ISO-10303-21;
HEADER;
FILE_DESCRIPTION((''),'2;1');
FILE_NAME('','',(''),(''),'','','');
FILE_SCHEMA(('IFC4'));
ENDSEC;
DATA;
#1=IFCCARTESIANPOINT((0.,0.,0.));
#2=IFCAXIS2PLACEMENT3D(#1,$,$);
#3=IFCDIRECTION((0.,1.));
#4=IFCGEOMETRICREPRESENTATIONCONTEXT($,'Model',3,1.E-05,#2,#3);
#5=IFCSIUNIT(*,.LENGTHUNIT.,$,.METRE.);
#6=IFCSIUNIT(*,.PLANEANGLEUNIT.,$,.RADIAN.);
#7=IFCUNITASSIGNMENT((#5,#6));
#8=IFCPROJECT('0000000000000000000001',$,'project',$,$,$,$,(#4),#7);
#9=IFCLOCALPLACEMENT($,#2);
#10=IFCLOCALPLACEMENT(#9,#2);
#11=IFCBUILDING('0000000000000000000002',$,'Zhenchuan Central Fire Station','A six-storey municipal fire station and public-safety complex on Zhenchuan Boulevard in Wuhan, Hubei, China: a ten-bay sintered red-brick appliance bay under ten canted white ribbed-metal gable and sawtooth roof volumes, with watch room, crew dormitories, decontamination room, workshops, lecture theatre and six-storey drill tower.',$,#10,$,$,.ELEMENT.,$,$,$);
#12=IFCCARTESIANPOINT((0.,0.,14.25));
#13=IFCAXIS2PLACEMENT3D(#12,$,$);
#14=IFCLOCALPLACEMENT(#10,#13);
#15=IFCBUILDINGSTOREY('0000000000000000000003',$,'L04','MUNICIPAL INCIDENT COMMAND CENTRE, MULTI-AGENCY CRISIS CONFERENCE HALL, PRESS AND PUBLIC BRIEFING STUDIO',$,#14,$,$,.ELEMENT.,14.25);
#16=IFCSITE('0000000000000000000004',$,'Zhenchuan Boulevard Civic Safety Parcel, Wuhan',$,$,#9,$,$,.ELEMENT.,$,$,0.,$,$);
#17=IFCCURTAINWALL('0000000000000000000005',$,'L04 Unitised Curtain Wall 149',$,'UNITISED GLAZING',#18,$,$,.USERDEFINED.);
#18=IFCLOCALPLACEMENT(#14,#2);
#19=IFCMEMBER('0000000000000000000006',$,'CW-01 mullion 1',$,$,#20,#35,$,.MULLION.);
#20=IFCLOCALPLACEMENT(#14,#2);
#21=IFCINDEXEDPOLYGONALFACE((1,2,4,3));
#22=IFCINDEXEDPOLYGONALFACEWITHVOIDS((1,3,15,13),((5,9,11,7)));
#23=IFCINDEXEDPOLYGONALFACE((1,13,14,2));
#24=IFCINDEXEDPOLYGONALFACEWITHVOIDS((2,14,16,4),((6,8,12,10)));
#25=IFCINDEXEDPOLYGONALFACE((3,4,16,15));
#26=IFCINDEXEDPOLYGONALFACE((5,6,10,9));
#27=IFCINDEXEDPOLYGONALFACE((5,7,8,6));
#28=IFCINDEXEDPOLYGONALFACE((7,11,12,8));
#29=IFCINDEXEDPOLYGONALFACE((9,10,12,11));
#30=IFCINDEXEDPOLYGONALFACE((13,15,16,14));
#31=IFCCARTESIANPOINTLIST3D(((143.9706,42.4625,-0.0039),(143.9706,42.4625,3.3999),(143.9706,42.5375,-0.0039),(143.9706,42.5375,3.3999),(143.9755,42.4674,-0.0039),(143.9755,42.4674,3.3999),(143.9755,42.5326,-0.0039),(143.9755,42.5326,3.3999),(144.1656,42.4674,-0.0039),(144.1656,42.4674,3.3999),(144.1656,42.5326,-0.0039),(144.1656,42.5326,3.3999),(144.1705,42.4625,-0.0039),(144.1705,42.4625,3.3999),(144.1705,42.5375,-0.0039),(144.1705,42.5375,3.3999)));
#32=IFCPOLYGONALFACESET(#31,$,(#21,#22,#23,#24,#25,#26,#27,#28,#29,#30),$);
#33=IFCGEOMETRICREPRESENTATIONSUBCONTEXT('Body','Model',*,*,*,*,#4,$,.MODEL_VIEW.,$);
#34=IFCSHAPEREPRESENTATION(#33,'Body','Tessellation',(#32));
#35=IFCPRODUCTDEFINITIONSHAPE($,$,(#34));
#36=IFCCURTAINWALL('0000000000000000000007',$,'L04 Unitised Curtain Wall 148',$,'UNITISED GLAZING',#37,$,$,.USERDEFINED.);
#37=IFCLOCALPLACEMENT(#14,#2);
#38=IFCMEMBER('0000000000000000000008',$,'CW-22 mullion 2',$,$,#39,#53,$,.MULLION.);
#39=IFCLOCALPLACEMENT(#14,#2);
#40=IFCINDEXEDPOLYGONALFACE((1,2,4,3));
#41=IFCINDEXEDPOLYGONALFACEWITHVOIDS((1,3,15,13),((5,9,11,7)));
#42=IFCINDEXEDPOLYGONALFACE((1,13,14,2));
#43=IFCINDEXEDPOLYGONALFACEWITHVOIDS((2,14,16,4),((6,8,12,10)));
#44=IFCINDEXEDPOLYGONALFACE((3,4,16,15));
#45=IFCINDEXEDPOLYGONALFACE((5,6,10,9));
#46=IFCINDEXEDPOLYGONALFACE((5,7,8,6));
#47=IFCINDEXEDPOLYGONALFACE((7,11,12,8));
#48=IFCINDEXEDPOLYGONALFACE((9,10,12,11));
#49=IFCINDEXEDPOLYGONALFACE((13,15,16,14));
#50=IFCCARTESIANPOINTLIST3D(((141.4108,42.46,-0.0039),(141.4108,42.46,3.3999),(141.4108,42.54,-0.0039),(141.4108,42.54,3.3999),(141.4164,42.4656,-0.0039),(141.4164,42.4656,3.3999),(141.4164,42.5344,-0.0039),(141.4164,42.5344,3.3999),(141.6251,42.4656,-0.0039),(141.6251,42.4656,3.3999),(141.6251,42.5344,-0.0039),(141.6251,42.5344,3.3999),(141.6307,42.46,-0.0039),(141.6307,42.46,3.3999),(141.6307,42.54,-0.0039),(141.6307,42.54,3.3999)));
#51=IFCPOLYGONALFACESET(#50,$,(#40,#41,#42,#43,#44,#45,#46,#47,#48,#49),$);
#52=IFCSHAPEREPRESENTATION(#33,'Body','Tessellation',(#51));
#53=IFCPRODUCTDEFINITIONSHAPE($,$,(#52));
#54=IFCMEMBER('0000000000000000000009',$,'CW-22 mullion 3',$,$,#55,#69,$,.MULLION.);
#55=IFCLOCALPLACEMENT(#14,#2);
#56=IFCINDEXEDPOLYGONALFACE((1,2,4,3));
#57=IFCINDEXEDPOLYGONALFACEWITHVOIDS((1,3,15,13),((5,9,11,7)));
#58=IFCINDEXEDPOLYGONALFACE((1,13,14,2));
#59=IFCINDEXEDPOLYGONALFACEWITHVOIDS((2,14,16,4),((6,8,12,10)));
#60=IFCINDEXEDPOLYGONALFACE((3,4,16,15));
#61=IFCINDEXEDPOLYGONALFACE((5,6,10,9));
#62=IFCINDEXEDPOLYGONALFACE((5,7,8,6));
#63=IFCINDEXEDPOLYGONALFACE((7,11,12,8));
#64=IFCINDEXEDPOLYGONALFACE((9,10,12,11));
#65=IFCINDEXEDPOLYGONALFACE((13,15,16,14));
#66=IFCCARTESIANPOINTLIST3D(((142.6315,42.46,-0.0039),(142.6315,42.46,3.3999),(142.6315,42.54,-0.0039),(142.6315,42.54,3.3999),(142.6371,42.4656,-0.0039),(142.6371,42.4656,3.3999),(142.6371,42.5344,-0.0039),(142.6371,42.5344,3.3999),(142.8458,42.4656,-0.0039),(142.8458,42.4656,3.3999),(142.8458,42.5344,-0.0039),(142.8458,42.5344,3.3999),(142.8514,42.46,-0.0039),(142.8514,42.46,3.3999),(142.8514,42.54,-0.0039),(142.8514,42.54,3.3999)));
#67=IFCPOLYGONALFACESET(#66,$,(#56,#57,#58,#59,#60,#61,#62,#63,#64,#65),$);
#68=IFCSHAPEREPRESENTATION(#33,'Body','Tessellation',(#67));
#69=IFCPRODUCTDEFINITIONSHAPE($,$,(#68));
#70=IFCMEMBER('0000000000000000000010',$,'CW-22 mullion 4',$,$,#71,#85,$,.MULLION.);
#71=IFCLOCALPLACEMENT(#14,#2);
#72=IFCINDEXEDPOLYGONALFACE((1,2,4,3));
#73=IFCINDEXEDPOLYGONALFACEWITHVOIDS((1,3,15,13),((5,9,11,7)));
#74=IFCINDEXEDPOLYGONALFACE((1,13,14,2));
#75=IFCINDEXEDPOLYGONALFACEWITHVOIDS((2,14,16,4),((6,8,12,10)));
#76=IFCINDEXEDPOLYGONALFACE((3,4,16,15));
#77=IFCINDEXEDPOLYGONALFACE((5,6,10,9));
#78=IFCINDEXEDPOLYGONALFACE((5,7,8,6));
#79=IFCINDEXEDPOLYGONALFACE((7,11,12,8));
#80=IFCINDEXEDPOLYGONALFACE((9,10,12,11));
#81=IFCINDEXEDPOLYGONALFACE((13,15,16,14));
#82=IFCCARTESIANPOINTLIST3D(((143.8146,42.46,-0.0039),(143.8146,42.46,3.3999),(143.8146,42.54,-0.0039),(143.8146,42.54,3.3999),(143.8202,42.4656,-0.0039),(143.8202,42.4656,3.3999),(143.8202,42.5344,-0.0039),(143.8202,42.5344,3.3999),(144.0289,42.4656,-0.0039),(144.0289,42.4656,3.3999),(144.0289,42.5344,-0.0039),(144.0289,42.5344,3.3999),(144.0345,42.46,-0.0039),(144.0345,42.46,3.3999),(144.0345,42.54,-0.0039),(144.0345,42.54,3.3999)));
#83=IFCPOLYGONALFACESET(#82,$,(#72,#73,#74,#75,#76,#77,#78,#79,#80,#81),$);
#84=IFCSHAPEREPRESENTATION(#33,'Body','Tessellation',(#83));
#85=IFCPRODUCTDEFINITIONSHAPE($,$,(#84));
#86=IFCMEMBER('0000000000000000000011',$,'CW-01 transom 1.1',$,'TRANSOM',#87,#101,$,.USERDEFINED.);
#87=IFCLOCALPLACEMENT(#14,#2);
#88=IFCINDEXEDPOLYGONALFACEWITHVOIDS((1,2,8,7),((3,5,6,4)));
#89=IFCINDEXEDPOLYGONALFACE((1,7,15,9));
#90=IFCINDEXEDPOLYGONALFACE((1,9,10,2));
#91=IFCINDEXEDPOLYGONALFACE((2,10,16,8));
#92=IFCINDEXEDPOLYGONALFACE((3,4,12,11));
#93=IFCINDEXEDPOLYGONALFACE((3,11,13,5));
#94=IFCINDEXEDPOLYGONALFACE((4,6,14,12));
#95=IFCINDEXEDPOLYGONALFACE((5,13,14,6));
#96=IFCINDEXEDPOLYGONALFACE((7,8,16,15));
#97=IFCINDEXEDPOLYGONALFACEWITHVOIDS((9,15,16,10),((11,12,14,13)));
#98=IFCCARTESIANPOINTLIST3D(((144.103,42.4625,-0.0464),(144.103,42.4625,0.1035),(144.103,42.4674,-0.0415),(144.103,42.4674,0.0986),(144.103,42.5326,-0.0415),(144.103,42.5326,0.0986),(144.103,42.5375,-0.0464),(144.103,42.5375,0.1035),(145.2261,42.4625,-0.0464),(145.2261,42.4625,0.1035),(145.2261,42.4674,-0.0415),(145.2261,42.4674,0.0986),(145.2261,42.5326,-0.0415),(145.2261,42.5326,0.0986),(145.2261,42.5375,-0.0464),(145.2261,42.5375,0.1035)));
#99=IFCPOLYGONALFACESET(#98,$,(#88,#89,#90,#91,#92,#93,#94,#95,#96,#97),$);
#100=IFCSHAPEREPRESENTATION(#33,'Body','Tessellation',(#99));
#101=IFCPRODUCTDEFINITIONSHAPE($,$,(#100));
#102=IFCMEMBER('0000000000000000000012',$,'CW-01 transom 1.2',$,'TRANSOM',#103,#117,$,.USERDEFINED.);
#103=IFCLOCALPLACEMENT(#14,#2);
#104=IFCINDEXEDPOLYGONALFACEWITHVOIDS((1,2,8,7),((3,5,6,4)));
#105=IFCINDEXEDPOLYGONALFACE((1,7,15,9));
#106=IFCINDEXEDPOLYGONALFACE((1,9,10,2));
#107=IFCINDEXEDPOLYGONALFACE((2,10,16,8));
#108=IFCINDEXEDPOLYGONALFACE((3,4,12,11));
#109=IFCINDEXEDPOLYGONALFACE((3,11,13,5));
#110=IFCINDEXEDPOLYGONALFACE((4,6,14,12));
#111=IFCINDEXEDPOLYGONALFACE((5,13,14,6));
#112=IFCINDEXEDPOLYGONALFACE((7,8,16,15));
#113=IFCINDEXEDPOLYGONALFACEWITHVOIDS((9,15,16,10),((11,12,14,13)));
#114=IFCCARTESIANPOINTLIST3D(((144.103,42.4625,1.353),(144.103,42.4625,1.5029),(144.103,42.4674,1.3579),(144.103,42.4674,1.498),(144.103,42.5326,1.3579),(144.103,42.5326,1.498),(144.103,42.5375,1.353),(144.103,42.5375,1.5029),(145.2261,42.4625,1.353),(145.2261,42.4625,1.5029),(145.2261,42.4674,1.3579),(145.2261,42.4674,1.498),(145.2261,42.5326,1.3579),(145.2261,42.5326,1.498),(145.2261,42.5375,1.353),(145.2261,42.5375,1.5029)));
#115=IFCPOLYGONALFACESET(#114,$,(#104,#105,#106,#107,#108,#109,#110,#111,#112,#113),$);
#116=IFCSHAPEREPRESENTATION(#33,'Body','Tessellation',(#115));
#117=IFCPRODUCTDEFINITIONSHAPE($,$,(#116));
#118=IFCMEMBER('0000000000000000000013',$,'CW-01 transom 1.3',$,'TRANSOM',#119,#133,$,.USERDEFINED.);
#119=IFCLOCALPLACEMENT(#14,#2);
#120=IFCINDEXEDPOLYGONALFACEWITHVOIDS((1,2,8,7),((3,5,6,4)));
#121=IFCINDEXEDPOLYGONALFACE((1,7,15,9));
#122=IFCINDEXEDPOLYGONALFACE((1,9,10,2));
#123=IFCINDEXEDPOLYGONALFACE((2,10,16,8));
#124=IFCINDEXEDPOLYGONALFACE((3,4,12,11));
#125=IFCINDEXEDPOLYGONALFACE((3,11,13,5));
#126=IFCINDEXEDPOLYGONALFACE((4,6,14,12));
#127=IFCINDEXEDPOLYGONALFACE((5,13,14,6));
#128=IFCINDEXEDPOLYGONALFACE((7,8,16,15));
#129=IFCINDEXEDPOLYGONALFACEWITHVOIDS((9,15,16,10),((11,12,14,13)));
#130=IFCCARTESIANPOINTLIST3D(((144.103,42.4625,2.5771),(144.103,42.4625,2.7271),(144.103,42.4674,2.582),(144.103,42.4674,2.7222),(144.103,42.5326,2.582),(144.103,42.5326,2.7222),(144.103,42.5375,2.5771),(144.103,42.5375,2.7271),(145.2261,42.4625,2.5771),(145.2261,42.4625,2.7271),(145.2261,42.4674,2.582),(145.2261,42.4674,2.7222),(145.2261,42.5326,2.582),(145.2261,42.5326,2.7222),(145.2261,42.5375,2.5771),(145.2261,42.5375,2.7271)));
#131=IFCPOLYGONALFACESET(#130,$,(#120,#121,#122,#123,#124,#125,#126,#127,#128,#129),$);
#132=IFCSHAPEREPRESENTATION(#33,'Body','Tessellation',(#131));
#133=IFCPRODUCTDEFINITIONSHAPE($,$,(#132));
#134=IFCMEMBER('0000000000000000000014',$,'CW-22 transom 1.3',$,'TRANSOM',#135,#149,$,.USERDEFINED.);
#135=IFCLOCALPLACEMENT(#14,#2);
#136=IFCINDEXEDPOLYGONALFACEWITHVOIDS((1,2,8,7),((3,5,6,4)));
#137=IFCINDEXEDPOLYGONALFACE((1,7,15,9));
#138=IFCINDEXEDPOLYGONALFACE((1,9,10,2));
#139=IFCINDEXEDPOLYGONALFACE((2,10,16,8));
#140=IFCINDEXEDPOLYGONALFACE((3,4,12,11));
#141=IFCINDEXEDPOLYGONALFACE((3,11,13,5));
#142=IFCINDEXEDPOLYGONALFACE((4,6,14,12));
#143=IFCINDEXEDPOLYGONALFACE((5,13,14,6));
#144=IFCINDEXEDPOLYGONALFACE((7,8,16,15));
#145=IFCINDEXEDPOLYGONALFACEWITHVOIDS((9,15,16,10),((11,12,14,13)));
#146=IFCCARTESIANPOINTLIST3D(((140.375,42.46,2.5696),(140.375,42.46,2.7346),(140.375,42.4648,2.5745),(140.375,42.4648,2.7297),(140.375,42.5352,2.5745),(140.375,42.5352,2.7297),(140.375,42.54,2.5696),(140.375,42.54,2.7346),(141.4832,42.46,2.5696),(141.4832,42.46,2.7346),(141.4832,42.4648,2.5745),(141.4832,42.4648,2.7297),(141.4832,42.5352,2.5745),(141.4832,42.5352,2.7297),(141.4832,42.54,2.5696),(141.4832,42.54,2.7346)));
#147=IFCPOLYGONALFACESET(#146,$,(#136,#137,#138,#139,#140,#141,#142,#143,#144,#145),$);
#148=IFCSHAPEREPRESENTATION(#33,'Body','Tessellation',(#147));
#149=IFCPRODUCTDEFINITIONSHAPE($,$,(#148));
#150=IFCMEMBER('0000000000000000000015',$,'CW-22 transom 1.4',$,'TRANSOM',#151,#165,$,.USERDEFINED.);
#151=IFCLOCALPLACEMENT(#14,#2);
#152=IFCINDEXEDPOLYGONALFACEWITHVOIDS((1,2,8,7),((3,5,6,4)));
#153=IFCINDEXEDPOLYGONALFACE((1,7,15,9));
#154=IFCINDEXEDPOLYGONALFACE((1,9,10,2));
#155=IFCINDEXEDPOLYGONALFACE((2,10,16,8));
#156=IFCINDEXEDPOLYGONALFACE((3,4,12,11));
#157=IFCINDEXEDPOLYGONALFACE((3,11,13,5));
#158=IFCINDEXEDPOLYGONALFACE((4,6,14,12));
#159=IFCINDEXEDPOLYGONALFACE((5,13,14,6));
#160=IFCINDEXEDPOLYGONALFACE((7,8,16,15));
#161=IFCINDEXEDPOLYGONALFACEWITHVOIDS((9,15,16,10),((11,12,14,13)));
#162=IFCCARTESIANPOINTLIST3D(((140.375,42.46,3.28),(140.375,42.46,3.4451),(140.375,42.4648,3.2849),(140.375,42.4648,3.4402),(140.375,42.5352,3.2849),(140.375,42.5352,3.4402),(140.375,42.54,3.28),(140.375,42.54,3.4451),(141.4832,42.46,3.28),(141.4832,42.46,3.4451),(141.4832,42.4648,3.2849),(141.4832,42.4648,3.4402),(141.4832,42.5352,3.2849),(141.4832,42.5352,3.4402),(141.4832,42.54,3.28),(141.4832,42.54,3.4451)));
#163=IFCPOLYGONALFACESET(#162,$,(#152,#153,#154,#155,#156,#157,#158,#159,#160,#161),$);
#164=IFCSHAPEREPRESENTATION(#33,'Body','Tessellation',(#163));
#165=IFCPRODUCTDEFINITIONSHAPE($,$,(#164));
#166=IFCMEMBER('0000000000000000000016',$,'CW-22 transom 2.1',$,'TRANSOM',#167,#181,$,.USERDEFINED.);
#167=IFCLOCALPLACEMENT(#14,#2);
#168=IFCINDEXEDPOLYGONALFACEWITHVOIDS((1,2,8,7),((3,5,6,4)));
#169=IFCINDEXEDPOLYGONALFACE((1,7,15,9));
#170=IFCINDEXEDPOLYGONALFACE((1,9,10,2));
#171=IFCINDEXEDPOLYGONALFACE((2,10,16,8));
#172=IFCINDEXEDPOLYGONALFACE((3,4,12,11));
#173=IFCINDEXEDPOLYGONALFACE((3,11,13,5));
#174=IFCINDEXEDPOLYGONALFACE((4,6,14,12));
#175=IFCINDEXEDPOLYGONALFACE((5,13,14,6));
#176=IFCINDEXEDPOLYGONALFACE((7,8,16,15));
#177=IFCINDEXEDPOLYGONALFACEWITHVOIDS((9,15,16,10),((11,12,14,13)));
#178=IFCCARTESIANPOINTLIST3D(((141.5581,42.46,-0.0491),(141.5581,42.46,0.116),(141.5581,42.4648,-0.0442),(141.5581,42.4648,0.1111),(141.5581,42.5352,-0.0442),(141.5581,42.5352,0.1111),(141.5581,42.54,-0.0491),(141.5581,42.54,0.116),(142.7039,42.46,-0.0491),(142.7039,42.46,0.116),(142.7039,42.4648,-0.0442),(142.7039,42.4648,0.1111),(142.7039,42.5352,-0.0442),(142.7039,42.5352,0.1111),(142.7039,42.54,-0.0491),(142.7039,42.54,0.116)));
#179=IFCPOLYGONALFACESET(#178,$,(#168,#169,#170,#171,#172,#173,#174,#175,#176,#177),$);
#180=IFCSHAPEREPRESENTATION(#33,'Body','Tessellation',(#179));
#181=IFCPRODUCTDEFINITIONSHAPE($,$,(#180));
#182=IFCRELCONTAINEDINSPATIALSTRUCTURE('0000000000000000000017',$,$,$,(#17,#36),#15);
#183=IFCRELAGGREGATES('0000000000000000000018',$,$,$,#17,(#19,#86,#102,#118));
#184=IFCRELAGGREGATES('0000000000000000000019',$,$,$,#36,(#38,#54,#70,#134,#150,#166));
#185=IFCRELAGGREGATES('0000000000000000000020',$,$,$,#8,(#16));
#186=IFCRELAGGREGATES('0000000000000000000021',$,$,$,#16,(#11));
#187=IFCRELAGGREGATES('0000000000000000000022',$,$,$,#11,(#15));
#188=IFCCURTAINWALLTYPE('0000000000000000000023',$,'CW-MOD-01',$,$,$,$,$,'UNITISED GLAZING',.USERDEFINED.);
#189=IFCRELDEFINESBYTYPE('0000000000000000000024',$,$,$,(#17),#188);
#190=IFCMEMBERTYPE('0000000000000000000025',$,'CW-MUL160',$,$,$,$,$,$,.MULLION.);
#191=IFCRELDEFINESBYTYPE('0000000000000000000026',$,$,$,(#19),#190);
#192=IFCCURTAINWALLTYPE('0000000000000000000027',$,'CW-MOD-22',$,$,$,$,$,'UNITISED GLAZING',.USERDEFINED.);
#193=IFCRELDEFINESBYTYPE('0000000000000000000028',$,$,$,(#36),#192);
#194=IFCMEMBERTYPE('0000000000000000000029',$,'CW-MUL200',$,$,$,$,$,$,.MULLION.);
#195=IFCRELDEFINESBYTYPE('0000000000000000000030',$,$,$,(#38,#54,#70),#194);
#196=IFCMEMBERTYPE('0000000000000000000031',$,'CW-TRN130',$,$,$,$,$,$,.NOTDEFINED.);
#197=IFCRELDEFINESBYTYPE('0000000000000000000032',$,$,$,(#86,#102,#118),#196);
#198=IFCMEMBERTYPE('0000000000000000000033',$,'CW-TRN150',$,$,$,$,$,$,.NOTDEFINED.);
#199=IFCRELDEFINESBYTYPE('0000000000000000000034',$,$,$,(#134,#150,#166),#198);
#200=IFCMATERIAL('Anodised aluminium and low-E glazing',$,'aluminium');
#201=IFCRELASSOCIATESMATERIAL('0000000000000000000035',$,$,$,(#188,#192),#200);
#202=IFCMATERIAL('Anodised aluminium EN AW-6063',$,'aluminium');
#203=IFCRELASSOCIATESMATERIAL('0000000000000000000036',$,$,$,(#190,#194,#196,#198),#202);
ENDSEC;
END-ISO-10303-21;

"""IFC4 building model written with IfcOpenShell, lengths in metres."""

from ifc_helpers import new_model, si_unit, direction, frame, origin, origin_2d, place, context, subcontext, project, spatial, hollow_rectangle, extrude, material, material_profile, profile_set, type_object, element, aggregate, save


model = new_model("IFC4")

# Units and contexts
model_context = context("Model", 3, precision=1e-05, world=origin(), true_north=direction((0.0, 1.0)))
body_context = subcontext(model_context, "Body", "Model", "MODEL_VIEW")
ifc_project = project(units=[si_unit("LENGTHUNIT", "METRE"), si_unit("PLANEANGLEUNIT", "RADIAN")], contexts=[model_context])

# Site, building, storey
site_placement = place(None, origin())
site = spatial("IfcSite", under=ifc_project, at=site_placement, Name="Zhenchuan Boulevard Civic Safety Parcel, Wuhan", CompositionType="ELEMENT", RefElevation=0.0)
building_placement = place(site_placement, origin())
building = spatial("IfcBuilding", under=site, at=building_placement, Name="Zhenchuan Central Fire Station", Description="A six-storey municipal fire station and public-safety complex on Zhenchuan Boulevard in Wuhan, Hubei, China: a ten-bay sintered red-brick appliance bay under ten canted white ribbed-metal gable and sawtooth roof volumes, with watch room, crew dormitories, decontamination room, workshops, lecture theatre and six-storey drill tower.", CompositionType="ELEMENT")
storey_placement = place(building_placement, frame((0.0, 0.0, 14.25)))
storey = spatial("IfcBuildingStorey", under=building, at=storey_placement, Name="L04", Description="MUNICIPAL INCIDENT COMMAND CENTRE, MULTI-AGENCY CRISIS CONFERENCE HALL, PRESS AND PUBLIC BRIEFING STUDIO", CompositionType="ELEMENT", Elevation=14.25)

# Curtain wall, member
ifc_material_1 = material(Name="Anodised aluminium and low-E glazing", Category="aluminium")
curtain_wall_type_1 = type_object("IfcCurtainWallType", Name="CW-MOD-01", ElementType="UNITISED GLAZING", PredefinedType="USERDEFINED", material=ifc_material_1)
curtain_wall_1_placement = place(storey_placement, origin())
curtain_wall_1 = element("IfcCurtainWall", 1, at=curtain_wall_1_placement, inside=storey, type_object=curtain_wall_type_1, Name="L04 Unitised Curtain Wall 149", ObjectType="UNITISED GLAZING", PredefinedType="USERDEFINED")
ifc_material_2 = material(Name="Anodised aluminium EN AW-6063", Category="aluminium")
ifc_material_profile_1 = material_profile(ifc_material_2, hollow_rectangle(XDim=0.075, YDim=0.2, WallThickness=0.0049, at=origin_2d()), Name="ALU-M 200x75")
ifc_profile_set_1 = profile_set([ifc_material_profile_1], Name="Anodised aluminium EN AW-6063")
member_type_1 = type_object("IfcMemberType", Name="CW-MUL160", PredefinedType="MULLION", material=ifc_profile_set_1)
member_1_placement = place(storey_placement, frame((144.0706, 42.5, -0.0039), z_axis=(0.0, 0.0, 1.0), x_axis=(0.0, 1.0, 0.0)))
member_1 = element("IfcMember", 2, at=member_1_placement, type_object=member_type_1, Name="CW-01 mullion 1", PredefinedType="MULLION", context=body_context, shape_type="SweptSolid", body=[
    extrude(hollow_rectangle(XDim=0.075, YDim=0.2, WallThickness=0.0049, at=origin_2d()), origin(), (0.0, 0.0, 1.0), 3.4038),
])

# Curtain wall, members
curtain_wall_type_2 = type_object("IfcCurtainWallType", Name="CW-MOD-22", ElementType="UNITISED GLAZING", PredefinedType="USERDEFINED", material=ifc_material_1)
curtain_wall_2_placement = place(storey_placement, origin())
curtain_wall_2 = element("IfcCurtainWall", 3, at=curtain_wall_2_placement, inside=storey, type_object=curtain_wall_type_2, Name="L04 Unitised Curtain Wall 148", ObjectType="UNITISED GLAZING", PredefinedType="USERDEFINED")
ifc_material_profile_2 = material_profile(ifc_material_2, hollow_rectangle(XDim=0.0801, YDim=0.22, WallThickness=0.0056, at=origin_2d()), Name="ALU-M 220x80")
ifc_profile_set_2 = profile_set([ifc_material_profile_2], Name="Anodised aluminium EN AW-6063")
member_type_2 = type_object("IfcMemberType", Name="CW-MUL200", PredefinedType="MULLION", material=ifc_profile_set_2)
member_2_placement = place(storey_placement, frame((141.5208, 42.5, -0.0039), z_axis=(0.0, 0.0, 1.0), x_axis=(0.0, 1.0, 0.0)))
member_2 = element("IfcMember", 4, at=member_2_placement, type_object=member_type_2, Name="CW-22 mullion 2", PredefinedType="MULLION", context=body_context, shape_type="SweptSolid", body=[
    extrude(hollow_rectangle(XDim=0.0801, YDim=0.22, WallThickness=0.0056, at=origin_2d()), origin(), (0.0, 0.0, 1.0), 3.4038),
])
member_3_placement = place(storey_placement, frame((142.7415, 42.5, -0.0039), z_axis=(0.0, 0.0, 1.0), x_axis=(0.0, 1.0, 0.0)))
member_3 = element("IfcMember", 5, at=member_3_placement, type_object=member_type_2, Name="CW-22 mullion 3", PredefinedType="MULLION", context=body_context, shape_type="SweptSolid", body=[
    extrude(hollow_rectangle(XDim=0.0801, YDim=0.22, WallThickness=0.0056, at=origin_2d()), origin(), (0.0, 0.0, 1.0), 3.4038),
])
member_4_placement = place(storey_placement, frame((143.9246, 42.5, -0.0039), z_axis=(0.0, 0.0, 1.0), x_axis=(0.0, 1.0, 0.0)))
member_4 = element("IfcMember", 6, at=member_4_placement, type_object=member_type_2, Name="CW-22 mullion 4", PredefinedType="MULLION", context=body_context, shape_type="SweptSolid", body=[
    extrude(hollow_rectangle(XDim=0.0801, YDim=0.22, WallThickness=0.0056, at=origin_2d()), origin(), (0.0, 0.0, 1.0), 3.4038),
])

# Members
ifc_material_profile_3 = material_profile(ifc_material_2, hollow_rectangle(XDim=0.075, YDim=0.1499, WallThickness=0.0049, at=origin_2d()), Name="ALU-T 150x75")
ifc_profile_set_3 = profile_set([ifc_material_profile_3], Name="Anodised aluminium EN AW-6063")
member_type_3 = type_object("IfcMemberType", Name="CW-TRN130", PredefinedType="NOTDEFINED", material=ifc_profile_set_3)
member_5_placement = place(storey_placement, frame((144.103, 42.5, 0.0286), z_axis=(1.0, 0.0, 0.0), x_axis=(0.0, 1.0, 0.0)))
member_5 = element("IfcMember", 7, at=member_5_placement, type_object=member_type_3, Name="CW-01 transom 1.1", ObjectType="TRANSOM", PredefinedType="USERDEFINED", context=body_context, shape_type="SweptSolid", body=[
    extrude(hollow_rectangle(XDim=0.075, YDim=0.1499, WallThickness=0.0049, at=origin_2d()), origin(), (0.0, 0.0, 1.0), 1.123),
])
member_6_placement = place(storey_placement, frame((144.103, 42.5, 1.428), z_axis=(1.0, 0.0, 0.0), x_axis=(0.0, 1.0, 0.0)))
member_6 = element("IfcMember", 8, at=member_6_placement, type_object=member_type_3, Name="CW-01 transom 1.2", ObjectType="TRANSOM", PredefinedType="USERDEFINED", context=body_context, shape_type="SweptSolid", body=[
    extrude(hollow_rectangle(XDim=0.075, YDim=0.1499, WallThickness=0.0049, at=origin_2d()), origin(), (0.0, 0.0, 1.0), 1.123),
])
member_7_placement = place(storey_placement, frame((144.103, 42.5, 2.6521), z_axis=(1.0, 0.0, 0.0), x_axis=(0.0, 1.0, 0.0)))
member_7 = element("IfcMember", 9, at=member_7_placement, type_object=member_type_3, Name="CW-01 transom 1.3", ObjectType="TRANSOM", PredefinedType="USERDEFINED", context=body_context, shape_type="SweptSolid", body=[
    extrude(hollow_rectangle(XDim=0.075, YDim=0.1499, WallThickness=0.0049, at=origin_2d()), origin(), (0.0, 0.0, 1.0), 1.123),
])
aggregate(curtain_wall_1, [member_1, member_5, member_6, member_7])
ifc_material_profile_4 = material_profile(ifc_material_2, hollow_rectangle(XDim=0.0801, YDim=0.165, WallThickness=0.0049, at=origin_2d()), Name="ALU-T 165x80")
ifc_profile_set_4 = profile_set([ifc_material_profile_4], Name="Anodised aluminium EN AW-6063")
member_type_4 = type_object("IfcMemberType", Name="CW-TRN150", PredefinedType="NOTDEFINED", material=ifc_profile_set_4)
member_8_placement = place(storey_placement, frame((140.375, 42.5, 2.6521), z_axis=(1.0, 0.0, 0.0), x_axis=(0.0, 1.0, 0.0)))
member_8 = element("IfcMember", 10, at=member_8_placement, type_object=member_type_4, Name="CW-22 transom 1.3", ObjectType="TRANSOM", PredefinedType="USERDEFINED", context=body_context, shape_type="SweptSolid", body=[
    extrude(hollow_rectangle(XDim=0.0801, YDim=0.165, WallThickness=0.0049, at=origin_2d()), origin(), (0.0, 0.0, 1.0), 1.1082),
])
member_9_placement = place(storey_placement, frame((140.375, 42.5, 3.3625), z_axis=(1.0, 0.0, 0.0), x_axis=(0.0, 1.0, 0.0)))
member_9 = element("IfcMember", 11, at=member_9_placement, type_object=member_type_4, Name="CW-22 transom 1.4", ObjectType="TRANSOM", PredefinedType="USERDEFINED", context=body_context, shape_type="SweptSolid", body=[
    extrude(hollow_rectangle(XDim=0.0801, YDim=0.165, WallThickness=0.0049, at=origin_2d()), origin(), (0.0, 0.0, 1.0), 1.1082),
])
member_10_placement = place(storey_placement, frame((141.5581, 42.5, 0.0334), z_axis=(1.0, 0.0, 0.0), x_axis=(0.0, 1.0, 0.0)))
member_10 = element("IfcMember", 12, at=member_10_placement, type_object=member_type_4, Name="CW-22 transom 2.1", ObjectType="TRANSOM", PredefinedType="USERDEFINED", context=body_context, shape_type="SweptSolid", body=[
    extrude(hollow_rectangle(XDim=0.0801, YDim=0.165, WallThickness=0.0049, at=origin_2d()), origin(), (0.0, 0.0, 1.0), 1.1458),
])

aggregate(curtain_wall_2, [member_2, member_3, member_4, member_8, member_9, member_10])

save(model, "model.ifc")
